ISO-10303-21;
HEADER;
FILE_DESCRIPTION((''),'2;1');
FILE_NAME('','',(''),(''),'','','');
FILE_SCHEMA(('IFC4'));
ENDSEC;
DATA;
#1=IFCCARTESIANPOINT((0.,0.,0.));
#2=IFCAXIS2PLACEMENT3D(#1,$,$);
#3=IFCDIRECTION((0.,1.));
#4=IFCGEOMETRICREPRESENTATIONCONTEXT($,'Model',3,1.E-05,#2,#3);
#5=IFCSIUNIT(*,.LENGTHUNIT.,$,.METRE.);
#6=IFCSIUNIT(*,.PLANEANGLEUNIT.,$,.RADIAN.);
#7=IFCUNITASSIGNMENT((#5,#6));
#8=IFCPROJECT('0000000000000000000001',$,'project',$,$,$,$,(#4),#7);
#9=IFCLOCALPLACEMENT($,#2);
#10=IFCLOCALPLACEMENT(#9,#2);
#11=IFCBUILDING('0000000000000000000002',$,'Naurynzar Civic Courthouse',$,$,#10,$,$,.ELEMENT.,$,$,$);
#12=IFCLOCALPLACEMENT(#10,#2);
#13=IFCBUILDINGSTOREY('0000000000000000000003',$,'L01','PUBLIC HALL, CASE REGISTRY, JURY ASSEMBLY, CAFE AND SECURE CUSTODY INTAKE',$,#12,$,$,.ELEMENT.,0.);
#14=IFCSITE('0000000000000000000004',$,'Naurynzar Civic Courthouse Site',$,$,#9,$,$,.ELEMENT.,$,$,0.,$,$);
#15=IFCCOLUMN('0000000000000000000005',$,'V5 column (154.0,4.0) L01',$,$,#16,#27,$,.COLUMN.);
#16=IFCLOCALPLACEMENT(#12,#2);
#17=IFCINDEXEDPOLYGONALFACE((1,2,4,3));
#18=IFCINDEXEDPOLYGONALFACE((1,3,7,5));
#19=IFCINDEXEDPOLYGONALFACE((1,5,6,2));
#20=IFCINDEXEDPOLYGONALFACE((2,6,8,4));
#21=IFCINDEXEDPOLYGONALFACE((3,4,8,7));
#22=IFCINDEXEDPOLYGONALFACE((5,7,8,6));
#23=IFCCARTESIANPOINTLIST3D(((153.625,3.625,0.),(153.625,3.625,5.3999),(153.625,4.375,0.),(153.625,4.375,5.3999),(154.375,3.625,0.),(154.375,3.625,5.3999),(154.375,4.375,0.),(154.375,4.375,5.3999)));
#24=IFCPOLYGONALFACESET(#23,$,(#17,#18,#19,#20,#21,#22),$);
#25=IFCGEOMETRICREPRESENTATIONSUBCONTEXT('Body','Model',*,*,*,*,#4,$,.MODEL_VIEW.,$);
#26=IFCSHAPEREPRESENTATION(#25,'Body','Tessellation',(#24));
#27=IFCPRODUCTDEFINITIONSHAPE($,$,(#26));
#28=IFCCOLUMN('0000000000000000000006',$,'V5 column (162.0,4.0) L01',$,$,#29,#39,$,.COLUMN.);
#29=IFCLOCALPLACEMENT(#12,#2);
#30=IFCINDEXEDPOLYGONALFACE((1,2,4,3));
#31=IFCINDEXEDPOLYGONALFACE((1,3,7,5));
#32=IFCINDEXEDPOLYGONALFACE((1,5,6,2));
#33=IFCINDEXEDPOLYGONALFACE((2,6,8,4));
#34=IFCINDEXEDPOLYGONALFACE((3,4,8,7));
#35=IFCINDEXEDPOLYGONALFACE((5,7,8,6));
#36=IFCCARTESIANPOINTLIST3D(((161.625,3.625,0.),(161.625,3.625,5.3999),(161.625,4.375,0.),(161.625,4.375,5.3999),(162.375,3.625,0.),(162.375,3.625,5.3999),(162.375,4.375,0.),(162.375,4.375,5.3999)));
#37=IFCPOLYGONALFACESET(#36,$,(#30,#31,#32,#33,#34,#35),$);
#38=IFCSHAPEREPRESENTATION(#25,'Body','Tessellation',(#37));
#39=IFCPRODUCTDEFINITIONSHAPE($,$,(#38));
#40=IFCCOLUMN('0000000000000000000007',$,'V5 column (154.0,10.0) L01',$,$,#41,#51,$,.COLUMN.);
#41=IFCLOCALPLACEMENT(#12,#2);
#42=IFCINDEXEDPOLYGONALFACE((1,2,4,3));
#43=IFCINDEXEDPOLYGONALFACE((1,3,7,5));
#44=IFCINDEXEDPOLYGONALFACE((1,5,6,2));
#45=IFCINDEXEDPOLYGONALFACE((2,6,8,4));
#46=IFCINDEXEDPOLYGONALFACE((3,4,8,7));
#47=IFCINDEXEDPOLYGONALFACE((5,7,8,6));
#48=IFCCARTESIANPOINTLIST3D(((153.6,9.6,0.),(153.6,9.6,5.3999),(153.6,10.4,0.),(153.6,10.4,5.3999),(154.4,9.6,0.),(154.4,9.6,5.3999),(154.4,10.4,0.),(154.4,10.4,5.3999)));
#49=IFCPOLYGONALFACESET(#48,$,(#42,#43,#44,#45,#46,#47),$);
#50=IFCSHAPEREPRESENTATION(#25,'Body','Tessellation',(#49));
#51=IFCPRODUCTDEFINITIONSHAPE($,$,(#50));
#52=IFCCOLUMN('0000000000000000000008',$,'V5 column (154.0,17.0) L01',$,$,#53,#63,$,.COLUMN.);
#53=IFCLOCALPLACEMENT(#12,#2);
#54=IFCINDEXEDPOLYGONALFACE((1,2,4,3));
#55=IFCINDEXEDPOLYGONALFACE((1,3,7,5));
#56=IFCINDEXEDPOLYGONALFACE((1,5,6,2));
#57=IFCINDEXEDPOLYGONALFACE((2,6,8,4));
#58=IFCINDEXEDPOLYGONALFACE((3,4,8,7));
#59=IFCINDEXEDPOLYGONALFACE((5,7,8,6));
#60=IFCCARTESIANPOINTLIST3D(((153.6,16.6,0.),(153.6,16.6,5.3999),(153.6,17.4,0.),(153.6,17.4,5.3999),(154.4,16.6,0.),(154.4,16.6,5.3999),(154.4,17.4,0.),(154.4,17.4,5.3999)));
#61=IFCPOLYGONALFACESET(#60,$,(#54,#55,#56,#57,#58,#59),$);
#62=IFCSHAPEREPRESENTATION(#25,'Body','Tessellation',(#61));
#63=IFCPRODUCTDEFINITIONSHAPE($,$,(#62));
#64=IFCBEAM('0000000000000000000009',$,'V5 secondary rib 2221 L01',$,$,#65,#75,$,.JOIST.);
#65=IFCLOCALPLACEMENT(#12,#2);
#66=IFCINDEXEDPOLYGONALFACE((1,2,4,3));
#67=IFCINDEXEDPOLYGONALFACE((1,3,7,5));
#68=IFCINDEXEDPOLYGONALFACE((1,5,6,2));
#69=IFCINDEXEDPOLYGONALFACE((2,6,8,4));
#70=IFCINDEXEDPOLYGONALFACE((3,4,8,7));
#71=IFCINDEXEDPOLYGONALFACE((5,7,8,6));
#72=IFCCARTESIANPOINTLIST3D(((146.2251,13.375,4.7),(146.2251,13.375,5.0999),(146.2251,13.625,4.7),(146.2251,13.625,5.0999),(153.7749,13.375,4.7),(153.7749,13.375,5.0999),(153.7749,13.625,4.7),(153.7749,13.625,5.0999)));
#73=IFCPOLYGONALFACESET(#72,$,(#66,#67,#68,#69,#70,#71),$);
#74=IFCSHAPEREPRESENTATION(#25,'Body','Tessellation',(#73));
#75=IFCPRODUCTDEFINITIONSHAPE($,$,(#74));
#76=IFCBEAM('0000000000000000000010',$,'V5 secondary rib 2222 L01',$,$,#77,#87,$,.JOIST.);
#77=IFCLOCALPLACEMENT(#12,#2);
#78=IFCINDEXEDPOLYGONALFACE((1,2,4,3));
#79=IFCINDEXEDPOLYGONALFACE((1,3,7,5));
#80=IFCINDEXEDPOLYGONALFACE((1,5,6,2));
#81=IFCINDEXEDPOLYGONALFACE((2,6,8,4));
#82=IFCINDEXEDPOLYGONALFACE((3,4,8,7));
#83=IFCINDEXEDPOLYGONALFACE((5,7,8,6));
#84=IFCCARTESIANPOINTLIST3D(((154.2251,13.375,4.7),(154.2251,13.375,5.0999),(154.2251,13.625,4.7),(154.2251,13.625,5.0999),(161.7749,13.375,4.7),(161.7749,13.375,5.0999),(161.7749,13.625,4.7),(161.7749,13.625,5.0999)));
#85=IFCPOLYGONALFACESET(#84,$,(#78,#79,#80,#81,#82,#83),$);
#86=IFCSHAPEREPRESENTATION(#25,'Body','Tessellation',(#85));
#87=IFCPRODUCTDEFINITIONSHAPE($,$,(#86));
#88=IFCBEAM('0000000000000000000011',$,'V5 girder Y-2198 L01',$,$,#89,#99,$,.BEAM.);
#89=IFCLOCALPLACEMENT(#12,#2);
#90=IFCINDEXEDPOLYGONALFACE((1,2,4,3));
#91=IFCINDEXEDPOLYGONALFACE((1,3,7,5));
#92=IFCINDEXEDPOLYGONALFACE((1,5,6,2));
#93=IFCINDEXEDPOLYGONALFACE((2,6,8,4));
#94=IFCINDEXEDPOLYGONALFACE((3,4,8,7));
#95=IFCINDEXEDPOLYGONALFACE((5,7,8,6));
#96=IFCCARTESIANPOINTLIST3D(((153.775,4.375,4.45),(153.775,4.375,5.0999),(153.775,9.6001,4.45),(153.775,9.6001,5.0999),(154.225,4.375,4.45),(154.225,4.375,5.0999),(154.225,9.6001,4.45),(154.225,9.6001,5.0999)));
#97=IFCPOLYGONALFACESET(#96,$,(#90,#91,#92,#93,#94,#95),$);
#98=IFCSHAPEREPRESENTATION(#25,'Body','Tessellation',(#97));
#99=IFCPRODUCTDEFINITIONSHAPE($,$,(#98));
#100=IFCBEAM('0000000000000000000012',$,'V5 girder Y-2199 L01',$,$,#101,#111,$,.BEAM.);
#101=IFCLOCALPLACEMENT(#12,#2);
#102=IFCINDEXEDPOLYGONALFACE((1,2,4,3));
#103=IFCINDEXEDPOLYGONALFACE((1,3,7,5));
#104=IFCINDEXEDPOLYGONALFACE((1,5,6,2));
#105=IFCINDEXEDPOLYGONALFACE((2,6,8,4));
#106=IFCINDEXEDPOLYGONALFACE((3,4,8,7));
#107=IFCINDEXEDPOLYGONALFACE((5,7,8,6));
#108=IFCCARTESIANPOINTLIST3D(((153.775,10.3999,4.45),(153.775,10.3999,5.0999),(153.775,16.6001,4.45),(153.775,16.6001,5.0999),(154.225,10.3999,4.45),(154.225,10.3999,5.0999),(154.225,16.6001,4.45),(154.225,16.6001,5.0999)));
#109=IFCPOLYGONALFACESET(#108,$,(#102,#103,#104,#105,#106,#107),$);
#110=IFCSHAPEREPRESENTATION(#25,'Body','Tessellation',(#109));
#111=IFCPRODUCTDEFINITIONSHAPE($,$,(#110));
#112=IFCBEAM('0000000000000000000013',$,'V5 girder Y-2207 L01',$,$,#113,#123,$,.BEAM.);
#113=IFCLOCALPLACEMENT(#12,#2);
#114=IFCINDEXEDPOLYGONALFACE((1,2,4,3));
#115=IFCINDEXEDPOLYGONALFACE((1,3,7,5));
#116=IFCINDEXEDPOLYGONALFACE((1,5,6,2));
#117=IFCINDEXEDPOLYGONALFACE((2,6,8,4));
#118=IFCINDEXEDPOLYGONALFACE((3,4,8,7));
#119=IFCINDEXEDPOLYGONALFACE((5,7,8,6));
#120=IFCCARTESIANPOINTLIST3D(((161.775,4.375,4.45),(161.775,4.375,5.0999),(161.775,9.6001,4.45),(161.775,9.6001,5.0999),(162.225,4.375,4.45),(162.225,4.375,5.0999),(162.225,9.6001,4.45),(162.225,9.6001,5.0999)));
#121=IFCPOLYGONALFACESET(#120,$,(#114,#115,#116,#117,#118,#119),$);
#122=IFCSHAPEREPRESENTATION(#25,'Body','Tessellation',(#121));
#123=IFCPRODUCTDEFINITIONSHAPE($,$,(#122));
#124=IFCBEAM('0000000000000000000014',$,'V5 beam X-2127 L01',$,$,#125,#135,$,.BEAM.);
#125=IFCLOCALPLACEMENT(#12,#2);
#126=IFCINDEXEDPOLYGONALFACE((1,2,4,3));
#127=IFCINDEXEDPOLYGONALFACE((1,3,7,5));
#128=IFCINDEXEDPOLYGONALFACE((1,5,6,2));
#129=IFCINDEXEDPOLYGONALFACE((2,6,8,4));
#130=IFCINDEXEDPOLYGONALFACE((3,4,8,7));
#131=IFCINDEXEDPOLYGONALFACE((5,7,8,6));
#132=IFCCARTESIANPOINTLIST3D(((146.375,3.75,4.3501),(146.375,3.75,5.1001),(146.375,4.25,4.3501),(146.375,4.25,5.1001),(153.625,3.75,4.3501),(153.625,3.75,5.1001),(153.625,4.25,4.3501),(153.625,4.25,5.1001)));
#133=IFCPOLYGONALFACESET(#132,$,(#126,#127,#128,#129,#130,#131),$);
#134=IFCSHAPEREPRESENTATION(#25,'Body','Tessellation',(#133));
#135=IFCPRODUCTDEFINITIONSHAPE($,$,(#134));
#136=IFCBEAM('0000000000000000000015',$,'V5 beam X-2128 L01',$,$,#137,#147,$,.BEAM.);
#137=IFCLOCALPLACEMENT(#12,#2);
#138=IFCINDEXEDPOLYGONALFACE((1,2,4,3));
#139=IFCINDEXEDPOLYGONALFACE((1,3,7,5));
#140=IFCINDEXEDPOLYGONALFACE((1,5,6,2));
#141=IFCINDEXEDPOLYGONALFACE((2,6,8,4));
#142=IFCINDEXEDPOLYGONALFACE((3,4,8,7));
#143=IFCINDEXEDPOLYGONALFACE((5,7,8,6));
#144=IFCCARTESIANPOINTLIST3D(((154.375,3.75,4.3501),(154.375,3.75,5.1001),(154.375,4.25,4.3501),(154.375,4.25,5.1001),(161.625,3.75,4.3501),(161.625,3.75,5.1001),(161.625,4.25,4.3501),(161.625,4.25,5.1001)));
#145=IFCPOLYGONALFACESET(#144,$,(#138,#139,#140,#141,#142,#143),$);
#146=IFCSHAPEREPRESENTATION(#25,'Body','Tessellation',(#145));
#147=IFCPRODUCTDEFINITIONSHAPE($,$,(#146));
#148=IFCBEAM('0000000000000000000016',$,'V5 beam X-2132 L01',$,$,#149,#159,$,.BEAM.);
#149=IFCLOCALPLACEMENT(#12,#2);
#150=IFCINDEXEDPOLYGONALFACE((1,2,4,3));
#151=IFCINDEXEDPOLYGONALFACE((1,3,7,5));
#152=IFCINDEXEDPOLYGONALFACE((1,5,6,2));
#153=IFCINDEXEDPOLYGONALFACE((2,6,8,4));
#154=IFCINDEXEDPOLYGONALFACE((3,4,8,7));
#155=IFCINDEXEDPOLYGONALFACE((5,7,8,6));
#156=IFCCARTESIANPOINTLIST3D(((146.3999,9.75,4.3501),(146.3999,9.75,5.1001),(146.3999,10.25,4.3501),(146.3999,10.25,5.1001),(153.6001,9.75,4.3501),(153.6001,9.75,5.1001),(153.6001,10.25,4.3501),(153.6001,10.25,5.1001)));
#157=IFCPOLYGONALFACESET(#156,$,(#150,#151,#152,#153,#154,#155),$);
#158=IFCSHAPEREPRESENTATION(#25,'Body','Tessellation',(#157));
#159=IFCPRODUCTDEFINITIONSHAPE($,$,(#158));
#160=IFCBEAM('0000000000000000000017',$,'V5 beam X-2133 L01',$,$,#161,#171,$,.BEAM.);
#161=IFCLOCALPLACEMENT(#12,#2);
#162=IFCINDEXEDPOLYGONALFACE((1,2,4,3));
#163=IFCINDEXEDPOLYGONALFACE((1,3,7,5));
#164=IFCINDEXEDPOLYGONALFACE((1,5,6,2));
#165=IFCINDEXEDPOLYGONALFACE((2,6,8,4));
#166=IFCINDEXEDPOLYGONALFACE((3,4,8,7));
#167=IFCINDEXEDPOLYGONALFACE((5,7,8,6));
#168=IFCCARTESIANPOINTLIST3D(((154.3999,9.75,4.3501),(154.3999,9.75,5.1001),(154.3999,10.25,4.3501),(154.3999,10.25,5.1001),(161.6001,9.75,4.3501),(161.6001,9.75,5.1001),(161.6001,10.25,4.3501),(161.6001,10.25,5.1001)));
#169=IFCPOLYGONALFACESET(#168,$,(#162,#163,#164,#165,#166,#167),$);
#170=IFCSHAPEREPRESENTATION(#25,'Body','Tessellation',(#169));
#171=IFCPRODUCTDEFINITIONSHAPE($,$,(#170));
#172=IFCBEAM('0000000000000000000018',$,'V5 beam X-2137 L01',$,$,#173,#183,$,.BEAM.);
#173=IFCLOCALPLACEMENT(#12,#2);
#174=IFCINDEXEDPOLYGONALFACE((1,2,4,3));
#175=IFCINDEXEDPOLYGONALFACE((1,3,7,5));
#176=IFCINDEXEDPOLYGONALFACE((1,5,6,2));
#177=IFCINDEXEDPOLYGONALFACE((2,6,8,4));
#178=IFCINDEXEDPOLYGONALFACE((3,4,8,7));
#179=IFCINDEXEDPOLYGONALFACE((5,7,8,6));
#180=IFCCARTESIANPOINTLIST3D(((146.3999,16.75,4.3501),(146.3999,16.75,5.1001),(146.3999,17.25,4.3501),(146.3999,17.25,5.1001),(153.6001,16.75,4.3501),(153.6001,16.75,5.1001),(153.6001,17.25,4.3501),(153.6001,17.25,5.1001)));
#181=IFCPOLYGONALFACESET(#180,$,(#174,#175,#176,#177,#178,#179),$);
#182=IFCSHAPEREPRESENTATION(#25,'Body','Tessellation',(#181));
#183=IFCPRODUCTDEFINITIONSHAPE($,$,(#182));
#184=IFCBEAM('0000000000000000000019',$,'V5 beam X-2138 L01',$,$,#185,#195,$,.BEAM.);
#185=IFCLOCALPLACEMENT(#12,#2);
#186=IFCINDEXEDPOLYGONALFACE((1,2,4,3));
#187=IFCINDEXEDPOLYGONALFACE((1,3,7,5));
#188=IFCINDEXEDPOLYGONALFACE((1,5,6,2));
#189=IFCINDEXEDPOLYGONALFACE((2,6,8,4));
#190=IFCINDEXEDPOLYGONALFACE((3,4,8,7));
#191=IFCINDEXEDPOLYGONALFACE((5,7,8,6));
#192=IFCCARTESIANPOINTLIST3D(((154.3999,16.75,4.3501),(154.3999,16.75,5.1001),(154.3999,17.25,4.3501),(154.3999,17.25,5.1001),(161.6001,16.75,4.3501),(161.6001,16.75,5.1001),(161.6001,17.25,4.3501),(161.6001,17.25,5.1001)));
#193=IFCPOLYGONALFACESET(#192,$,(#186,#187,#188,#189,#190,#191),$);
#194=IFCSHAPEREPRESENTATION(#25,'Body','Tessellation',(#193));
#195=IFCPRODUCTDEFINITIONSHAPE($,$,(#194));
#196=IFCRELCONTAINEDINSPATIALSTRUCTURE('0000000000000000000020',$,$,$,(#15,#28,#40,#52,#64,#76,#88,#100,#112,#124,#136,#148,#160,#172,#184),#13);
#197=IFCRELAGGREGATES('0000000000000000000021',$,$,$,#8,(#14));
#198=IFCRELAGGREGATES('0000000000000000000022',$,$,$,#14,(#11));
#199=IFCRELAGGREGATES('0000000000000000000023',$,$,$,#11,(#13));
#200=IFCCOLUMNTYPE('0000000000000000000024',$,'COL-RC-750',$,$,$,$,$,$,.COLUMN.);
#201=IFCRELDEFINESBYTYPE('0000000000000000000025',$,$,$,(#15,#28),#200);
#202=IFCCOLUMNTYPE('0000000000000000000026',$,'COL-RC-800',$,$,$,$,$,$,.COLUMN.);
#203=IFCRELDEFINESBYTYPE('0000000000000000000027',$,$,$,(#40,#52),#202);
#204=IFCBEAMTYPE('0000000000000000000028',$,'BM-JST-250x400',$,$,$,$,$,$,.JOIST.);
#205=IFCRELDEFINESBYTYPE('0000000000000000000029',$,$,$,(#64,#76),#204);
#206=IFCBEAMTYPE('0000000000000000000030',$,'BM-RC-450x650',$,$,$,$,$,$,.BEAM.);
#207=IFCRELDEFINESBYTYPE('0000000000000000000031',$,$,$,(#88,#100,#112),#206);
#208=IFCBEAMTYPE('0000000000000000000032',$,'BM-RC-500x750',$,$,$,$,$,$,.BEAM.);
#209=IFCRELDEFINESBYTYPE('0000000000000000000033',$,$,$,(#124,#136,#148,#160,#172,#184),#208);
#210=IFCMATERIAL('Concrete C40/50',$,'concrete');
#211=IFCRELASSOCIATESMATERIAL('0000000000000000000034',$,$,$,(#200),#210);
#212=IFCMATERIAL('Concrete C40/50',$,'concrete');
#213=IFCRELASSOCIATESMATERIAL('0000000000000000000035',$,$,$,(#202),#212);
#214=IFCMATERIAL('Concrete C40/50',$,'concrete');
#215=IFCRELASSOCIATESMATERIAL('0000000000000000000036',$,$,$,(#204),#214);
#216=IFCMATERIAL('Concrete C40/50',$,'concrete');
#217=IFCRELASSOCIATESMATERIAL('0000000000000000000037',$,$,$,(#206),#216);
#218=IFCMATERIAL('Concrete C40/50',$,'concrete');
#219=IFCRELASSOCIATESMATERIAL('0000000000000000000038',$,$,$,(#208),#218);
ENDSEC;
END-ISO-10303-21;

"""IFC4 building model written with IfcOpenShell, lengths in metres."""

from ifc_helpers import new_model, si_unit, direction, frame, origin, origin_2d, place, context, subcontext, project, spatial, rectangle, extrude, material, material_profile, profile_set, type_object, element, save


model = new_model("IFC4")

# Units and contexts
model_context = context("Model", 3, precision=1e-05, world=origin(), true_north=direction((0.0, 1.0)))
body_context = subcontext(model_context, "Body", "Model", "MODEL_VIEW")
ifc_project = project(units=[si_unit("LENGTHUNIT", "METRE"), si_unit("PLANEANGLEUNIT", "RADIAN")], contexts=[model_context])

# Site, building, storey
site_placement = place(None, origin())
site = spatial("IfcSite", under=ifc_project, at=site_placement, Name="Naurynzar Civic Courthouse Site", CompositionType="ELEMENT", RefElevation=0.0)
building_placement = place(site_placement, origin())
building = spatial("IfcBuilding", under=site, at=building_placement, Name="Naurynzar Civic Courthouse", CompositionType="ELEMENT")
storey_placement = place(building_placement, origin())
storey = spatial("IfcBuildingStorey", under=building, at=storey_placement, Name="L01", Description="PUBLIC HALL, CASE REGISTRY, JURY ASSEMBLY, CAFE AND SECURE CUSTODY INTAKE", CompositionType="ELEMENT", Elevation=0.0)

# Columns
ifc_material_1 = material(Name="Concrete C40/50", Category="concrete")
ifc_material_profile_1 = material_profile(ifc_material_1, rectangle(XDim=0.75, YDim=0.75, at=origin_2d()), Name="RC 750x750")
ifc_profile_set_1 = profile_set([ifc_material_profile_1], Name="Concrete C40/50")
column_type_1 = type_object("IfcColumnType", Name="COL-RC-750", PredefinedType="COLUMN", material=ifc_profile_set_1)
for number, where, z_axis, x_axis, name in (
    (1, (154.0, 4.0, 0.0), (0.0, 0.0, 1.0), (1.0, 0.0, 0.0), "V5 column (154.0,4.0) L01"),
    (2, (162.0, 4.0, 0.0), (0.0, 0.0, 1.0), (1.0, 0.0, 0.0), "V5 column (162.0,4.0) L01"),
):
    element("IfcColumn", number, at=place(storey_placement, frame(where, z_axis=z_axis, x_axis=x_axis)), inside=storey, type_object=column_type_1, Name=name, PredefinedType="COLUMN", context=body_context, shape_type="SweptSolid", body=[
        extrude(rectangle(XDim=0.75, YDim=0.75, at=origin_2d()), origin(), (0.0, 0.0, 1.0), 5.3999),
    ])
ifc_material_2 = material(Name="Concrete C40/50", Category="concrete")
ifc_material_profile_2 = material_profile(ifc_material_2, rectangle(XDim=0.8, YDim=0.8, at=origin_2d()), Name="RC 800x800")
ifc_profile_set_2 = profile_set([ifc_material_profile_2], Name="Concrete C40/50")
column_type_2 = type_object("IfcColumnType", Name="COL-RC-800", PredefinedType="COLUMN", material=ifc_profile_set_2)
for number, where, z_axis, x_axis, name in (
    (3, (154.0, 10.0, 0.0), (0.0, 0.0, 1.0), (1.0, 0.0, 0.0), "V5 column (154.0,10.0) L01"),
    (4, (154.0, 17.0, 0.0), (0.0, 0.0, 1.0), (1.0, 0.0, 0.0), "V5 column (154.0,17.0) L01"),
):
    element("IfcColumn", number, at=place(storey_placement, frame(where, z_axis=z_axis, x_axis=x_axis)), inside=storey, type_object=column_type_2, Name=name, PredefinedType="COLUMN", context=body_context, shape_type="SweptSolid", body=[
        extrude(rectangle(XDim=0.8, YDim=0.8, at=origin_2d()), origin(), (0.0, 0.0, 1.0), 5.3999),
    ])

# Beams
ifc_material_3 = material(Name="Concrete C40/50", Category="concrete")
ifc_material_profile_3 = material_profile(ifc_material_3, rectangle(XDim=0.25, YDim=0.3999, at=origin_2d()), Name="RCB 250x400")
ifc_profile_set_3 = profile_set([ifc_material_profile_3], Name="Concrete C40/50")
beam_type_1 = type_object("IfcBeamType", Name="BM-JST-250x400", PredefinedType="JOIST", material=ifc_profile_set_3)
for number, where, z_axis, x_axis, name in (
    (5, (146.2251, 13.5, 4.8999), (1.0, 0.0, 0.0), (0.0, 1.0, 0.0), "V5 secondary rib 2221 L01"),
    (6, (154.2251, 13.5, 4.8999), (1.0, 0.0, 0.0), (0.0, 1.0, 0.0), "V5 secondary rib 2222 L01"),
):
    element("IfcBeam", number, at=place(storey_placement, frame(where, z_axis=z_axis, x_axis=x_axis)), inside=storey, type_object=beam_type_1, Name=name, PredefinedType="JOIST", context=body_context, shape_type="SweptSolid", body=[
        extrude(rectangle(XDim=0.25, YDim=0.3999, at=origin_2d()), origin(), (0.0, 0.0, 1.0), 7.5498),
    ])
ifc_material_4 = material(Name="Concrete C40/50", Category="concrete")
ifc_material_profile_4 = material_profile(ifc_material_4, rectangle(XDim=0.45, YDim=0.6499, at=origin_2d()), Name="RCB 450x650")
ifc_profile_set_4 = profile_set([ifc_material_profile_4], Name="Concrete C40/50")
beam_type_2 = type_object("IfcBeamType", Name="BM-RC-450x650", PredefinedType="BEAM", material=ifc_profile_set_4)
beam_1_placement = place(storey_placement, frame((154.0, 4.375, 4.7749), z_axis=(0.0, 1.0, 0.0), x_axis=(-1.0, 0.0, 0.0)))
element("IfcBeam", 7, at=beam_1_placement, inside=storey, type_object=beam_type_2, Name="V5 girder Y-2198 L01", PredefinedType="BEAM", context=body_context, shape_type="SweptSolid", body=[
    extrude(rectangle(XDim=0.45, YDim=0.6499, at=origin_2d()), origin(), (0.0, 0.0, 1.0), 5.2251),
])
beam_2_placement = place(storey_placement, frame((154.0, 10.3999, 4.7749), z_axis=(0.0, 1.0, 0.0), x_axis=(-1.0, 0.0, 0.0)))
element("IfcBeam", 8, at=beam_2_placement, inside=storey, type_object=beam_type_2, Name="V5 girder Y-2199 L01", PredefinedType="BEAM", context=body_context, shape_type="SweptSolid", body=[
    extrude(rectangle(XDim=0.45, YDim=0.6499, at=origin_2d()), origin(), (0.0, 0.0, 1.0), 6.2002),
])
beam_3_placement = place(storey_placement, frame((162.0, 4.375, 4.7749), z_axis=(0.0, 1.0, 0.0), x_axis=(-1.0, 0.0, 0.0)))
element("IfcBeam", 9, at=beam_3_placement, inside=storey, type_object=beam_type_2, Name="V5 girder Y-2207 L01", PredefinedType="BEAM", context=body_context, shape_type="SweptSolid", body=[
    extrude(rectangle(XDim=0.45, YDim=0.6499, at=origin_2d()), origin(), (0.0, 0.0, 1.0), 5.2251),
])
ifc_material_5 = material(Name="Concrete C40/50", Category="concrete")
ifc_material_profile_5 = material_profile(ifc_material_5, rectangle(XDim=0.5, YDim=0.75, at=origin_2d()), Name="RCB 500x750")
ifc_profile_set_5 = profile_set([ifc_material_profile_5], Name="Concrete C40/50")
beam_type_3 = type_object("IfcBeamType", Name="BM-RC-500x750", PredefinedType="BEAM", material=ifc_profile_set_5)
for number, where, z_axis, x_axis, name in (
    (10, (146.375, 4.0, 4.7251), (1.0, 0.0, 0.0), (0.0, 1.0, 0.0), "V5 beam X-2127 L01"),
    (11, (154.375, 4.0, 4.7251), (1.0, 0.0, 0.0), (0.0, 1.0, 0.0), "V5 beam X-2128 L01"),
):
    element("IfcBeam", number, at=place(storey_placement, frame(where, z_axis=z_axis, x_axis=x_axis)), inside=storey, type_object=beam_type_3, Name=name, PredefinedType="BEAM", context=body_context, shape_type="SweptSolid", body=[
        extrude(rectangle(XDim=0.5, YDim=0.75, at=origin_2d()), origin(), (0.0, 0.0, 1.0), 7.25),
    ])
for number, where, z_axis, x_axis, name in (
    (12, (146.3999, 10.0, 4.7251), (1.0, 0.0, 0.0), (0.0, 1.0, 0.0), "V5 beam X-2132 L01"),
    (13, (154.3999, 10.0, 4.7251), (1.0, 0.0, 0.0), (0.0, 1.0, 0.0), "V5 beam X-2133 L01"),
    (14, (146.3999, 17.0, 4.7251), (1.0, 0.0, 0.0), (0.0, 1.0, 0.0), "V5 beam X-2137 L01"),
    (15, (154.3999, 17.0, 4.7251), (1.0, 0.0, 0.0), (0.0, 1.0, 0.0), "V5 beam X-2138 L01"),
):
    element("IfcBeam", number, at=place(storey_placement, frame(where, z_axis=z_axis, x_axis=x_axis)), inside=storey, type_object=beam_type_3, Name=name, PredefinedType="BEAM", context=body_context, shape_type="SweptSolid", body=[
        extrude(rectangle(XDim=0.5, YDim=0.75, at=origin_2d()), origin(), (0.0, 0.0, 1.0), 7.2002),
    ])

save(model, "model.ifc")
